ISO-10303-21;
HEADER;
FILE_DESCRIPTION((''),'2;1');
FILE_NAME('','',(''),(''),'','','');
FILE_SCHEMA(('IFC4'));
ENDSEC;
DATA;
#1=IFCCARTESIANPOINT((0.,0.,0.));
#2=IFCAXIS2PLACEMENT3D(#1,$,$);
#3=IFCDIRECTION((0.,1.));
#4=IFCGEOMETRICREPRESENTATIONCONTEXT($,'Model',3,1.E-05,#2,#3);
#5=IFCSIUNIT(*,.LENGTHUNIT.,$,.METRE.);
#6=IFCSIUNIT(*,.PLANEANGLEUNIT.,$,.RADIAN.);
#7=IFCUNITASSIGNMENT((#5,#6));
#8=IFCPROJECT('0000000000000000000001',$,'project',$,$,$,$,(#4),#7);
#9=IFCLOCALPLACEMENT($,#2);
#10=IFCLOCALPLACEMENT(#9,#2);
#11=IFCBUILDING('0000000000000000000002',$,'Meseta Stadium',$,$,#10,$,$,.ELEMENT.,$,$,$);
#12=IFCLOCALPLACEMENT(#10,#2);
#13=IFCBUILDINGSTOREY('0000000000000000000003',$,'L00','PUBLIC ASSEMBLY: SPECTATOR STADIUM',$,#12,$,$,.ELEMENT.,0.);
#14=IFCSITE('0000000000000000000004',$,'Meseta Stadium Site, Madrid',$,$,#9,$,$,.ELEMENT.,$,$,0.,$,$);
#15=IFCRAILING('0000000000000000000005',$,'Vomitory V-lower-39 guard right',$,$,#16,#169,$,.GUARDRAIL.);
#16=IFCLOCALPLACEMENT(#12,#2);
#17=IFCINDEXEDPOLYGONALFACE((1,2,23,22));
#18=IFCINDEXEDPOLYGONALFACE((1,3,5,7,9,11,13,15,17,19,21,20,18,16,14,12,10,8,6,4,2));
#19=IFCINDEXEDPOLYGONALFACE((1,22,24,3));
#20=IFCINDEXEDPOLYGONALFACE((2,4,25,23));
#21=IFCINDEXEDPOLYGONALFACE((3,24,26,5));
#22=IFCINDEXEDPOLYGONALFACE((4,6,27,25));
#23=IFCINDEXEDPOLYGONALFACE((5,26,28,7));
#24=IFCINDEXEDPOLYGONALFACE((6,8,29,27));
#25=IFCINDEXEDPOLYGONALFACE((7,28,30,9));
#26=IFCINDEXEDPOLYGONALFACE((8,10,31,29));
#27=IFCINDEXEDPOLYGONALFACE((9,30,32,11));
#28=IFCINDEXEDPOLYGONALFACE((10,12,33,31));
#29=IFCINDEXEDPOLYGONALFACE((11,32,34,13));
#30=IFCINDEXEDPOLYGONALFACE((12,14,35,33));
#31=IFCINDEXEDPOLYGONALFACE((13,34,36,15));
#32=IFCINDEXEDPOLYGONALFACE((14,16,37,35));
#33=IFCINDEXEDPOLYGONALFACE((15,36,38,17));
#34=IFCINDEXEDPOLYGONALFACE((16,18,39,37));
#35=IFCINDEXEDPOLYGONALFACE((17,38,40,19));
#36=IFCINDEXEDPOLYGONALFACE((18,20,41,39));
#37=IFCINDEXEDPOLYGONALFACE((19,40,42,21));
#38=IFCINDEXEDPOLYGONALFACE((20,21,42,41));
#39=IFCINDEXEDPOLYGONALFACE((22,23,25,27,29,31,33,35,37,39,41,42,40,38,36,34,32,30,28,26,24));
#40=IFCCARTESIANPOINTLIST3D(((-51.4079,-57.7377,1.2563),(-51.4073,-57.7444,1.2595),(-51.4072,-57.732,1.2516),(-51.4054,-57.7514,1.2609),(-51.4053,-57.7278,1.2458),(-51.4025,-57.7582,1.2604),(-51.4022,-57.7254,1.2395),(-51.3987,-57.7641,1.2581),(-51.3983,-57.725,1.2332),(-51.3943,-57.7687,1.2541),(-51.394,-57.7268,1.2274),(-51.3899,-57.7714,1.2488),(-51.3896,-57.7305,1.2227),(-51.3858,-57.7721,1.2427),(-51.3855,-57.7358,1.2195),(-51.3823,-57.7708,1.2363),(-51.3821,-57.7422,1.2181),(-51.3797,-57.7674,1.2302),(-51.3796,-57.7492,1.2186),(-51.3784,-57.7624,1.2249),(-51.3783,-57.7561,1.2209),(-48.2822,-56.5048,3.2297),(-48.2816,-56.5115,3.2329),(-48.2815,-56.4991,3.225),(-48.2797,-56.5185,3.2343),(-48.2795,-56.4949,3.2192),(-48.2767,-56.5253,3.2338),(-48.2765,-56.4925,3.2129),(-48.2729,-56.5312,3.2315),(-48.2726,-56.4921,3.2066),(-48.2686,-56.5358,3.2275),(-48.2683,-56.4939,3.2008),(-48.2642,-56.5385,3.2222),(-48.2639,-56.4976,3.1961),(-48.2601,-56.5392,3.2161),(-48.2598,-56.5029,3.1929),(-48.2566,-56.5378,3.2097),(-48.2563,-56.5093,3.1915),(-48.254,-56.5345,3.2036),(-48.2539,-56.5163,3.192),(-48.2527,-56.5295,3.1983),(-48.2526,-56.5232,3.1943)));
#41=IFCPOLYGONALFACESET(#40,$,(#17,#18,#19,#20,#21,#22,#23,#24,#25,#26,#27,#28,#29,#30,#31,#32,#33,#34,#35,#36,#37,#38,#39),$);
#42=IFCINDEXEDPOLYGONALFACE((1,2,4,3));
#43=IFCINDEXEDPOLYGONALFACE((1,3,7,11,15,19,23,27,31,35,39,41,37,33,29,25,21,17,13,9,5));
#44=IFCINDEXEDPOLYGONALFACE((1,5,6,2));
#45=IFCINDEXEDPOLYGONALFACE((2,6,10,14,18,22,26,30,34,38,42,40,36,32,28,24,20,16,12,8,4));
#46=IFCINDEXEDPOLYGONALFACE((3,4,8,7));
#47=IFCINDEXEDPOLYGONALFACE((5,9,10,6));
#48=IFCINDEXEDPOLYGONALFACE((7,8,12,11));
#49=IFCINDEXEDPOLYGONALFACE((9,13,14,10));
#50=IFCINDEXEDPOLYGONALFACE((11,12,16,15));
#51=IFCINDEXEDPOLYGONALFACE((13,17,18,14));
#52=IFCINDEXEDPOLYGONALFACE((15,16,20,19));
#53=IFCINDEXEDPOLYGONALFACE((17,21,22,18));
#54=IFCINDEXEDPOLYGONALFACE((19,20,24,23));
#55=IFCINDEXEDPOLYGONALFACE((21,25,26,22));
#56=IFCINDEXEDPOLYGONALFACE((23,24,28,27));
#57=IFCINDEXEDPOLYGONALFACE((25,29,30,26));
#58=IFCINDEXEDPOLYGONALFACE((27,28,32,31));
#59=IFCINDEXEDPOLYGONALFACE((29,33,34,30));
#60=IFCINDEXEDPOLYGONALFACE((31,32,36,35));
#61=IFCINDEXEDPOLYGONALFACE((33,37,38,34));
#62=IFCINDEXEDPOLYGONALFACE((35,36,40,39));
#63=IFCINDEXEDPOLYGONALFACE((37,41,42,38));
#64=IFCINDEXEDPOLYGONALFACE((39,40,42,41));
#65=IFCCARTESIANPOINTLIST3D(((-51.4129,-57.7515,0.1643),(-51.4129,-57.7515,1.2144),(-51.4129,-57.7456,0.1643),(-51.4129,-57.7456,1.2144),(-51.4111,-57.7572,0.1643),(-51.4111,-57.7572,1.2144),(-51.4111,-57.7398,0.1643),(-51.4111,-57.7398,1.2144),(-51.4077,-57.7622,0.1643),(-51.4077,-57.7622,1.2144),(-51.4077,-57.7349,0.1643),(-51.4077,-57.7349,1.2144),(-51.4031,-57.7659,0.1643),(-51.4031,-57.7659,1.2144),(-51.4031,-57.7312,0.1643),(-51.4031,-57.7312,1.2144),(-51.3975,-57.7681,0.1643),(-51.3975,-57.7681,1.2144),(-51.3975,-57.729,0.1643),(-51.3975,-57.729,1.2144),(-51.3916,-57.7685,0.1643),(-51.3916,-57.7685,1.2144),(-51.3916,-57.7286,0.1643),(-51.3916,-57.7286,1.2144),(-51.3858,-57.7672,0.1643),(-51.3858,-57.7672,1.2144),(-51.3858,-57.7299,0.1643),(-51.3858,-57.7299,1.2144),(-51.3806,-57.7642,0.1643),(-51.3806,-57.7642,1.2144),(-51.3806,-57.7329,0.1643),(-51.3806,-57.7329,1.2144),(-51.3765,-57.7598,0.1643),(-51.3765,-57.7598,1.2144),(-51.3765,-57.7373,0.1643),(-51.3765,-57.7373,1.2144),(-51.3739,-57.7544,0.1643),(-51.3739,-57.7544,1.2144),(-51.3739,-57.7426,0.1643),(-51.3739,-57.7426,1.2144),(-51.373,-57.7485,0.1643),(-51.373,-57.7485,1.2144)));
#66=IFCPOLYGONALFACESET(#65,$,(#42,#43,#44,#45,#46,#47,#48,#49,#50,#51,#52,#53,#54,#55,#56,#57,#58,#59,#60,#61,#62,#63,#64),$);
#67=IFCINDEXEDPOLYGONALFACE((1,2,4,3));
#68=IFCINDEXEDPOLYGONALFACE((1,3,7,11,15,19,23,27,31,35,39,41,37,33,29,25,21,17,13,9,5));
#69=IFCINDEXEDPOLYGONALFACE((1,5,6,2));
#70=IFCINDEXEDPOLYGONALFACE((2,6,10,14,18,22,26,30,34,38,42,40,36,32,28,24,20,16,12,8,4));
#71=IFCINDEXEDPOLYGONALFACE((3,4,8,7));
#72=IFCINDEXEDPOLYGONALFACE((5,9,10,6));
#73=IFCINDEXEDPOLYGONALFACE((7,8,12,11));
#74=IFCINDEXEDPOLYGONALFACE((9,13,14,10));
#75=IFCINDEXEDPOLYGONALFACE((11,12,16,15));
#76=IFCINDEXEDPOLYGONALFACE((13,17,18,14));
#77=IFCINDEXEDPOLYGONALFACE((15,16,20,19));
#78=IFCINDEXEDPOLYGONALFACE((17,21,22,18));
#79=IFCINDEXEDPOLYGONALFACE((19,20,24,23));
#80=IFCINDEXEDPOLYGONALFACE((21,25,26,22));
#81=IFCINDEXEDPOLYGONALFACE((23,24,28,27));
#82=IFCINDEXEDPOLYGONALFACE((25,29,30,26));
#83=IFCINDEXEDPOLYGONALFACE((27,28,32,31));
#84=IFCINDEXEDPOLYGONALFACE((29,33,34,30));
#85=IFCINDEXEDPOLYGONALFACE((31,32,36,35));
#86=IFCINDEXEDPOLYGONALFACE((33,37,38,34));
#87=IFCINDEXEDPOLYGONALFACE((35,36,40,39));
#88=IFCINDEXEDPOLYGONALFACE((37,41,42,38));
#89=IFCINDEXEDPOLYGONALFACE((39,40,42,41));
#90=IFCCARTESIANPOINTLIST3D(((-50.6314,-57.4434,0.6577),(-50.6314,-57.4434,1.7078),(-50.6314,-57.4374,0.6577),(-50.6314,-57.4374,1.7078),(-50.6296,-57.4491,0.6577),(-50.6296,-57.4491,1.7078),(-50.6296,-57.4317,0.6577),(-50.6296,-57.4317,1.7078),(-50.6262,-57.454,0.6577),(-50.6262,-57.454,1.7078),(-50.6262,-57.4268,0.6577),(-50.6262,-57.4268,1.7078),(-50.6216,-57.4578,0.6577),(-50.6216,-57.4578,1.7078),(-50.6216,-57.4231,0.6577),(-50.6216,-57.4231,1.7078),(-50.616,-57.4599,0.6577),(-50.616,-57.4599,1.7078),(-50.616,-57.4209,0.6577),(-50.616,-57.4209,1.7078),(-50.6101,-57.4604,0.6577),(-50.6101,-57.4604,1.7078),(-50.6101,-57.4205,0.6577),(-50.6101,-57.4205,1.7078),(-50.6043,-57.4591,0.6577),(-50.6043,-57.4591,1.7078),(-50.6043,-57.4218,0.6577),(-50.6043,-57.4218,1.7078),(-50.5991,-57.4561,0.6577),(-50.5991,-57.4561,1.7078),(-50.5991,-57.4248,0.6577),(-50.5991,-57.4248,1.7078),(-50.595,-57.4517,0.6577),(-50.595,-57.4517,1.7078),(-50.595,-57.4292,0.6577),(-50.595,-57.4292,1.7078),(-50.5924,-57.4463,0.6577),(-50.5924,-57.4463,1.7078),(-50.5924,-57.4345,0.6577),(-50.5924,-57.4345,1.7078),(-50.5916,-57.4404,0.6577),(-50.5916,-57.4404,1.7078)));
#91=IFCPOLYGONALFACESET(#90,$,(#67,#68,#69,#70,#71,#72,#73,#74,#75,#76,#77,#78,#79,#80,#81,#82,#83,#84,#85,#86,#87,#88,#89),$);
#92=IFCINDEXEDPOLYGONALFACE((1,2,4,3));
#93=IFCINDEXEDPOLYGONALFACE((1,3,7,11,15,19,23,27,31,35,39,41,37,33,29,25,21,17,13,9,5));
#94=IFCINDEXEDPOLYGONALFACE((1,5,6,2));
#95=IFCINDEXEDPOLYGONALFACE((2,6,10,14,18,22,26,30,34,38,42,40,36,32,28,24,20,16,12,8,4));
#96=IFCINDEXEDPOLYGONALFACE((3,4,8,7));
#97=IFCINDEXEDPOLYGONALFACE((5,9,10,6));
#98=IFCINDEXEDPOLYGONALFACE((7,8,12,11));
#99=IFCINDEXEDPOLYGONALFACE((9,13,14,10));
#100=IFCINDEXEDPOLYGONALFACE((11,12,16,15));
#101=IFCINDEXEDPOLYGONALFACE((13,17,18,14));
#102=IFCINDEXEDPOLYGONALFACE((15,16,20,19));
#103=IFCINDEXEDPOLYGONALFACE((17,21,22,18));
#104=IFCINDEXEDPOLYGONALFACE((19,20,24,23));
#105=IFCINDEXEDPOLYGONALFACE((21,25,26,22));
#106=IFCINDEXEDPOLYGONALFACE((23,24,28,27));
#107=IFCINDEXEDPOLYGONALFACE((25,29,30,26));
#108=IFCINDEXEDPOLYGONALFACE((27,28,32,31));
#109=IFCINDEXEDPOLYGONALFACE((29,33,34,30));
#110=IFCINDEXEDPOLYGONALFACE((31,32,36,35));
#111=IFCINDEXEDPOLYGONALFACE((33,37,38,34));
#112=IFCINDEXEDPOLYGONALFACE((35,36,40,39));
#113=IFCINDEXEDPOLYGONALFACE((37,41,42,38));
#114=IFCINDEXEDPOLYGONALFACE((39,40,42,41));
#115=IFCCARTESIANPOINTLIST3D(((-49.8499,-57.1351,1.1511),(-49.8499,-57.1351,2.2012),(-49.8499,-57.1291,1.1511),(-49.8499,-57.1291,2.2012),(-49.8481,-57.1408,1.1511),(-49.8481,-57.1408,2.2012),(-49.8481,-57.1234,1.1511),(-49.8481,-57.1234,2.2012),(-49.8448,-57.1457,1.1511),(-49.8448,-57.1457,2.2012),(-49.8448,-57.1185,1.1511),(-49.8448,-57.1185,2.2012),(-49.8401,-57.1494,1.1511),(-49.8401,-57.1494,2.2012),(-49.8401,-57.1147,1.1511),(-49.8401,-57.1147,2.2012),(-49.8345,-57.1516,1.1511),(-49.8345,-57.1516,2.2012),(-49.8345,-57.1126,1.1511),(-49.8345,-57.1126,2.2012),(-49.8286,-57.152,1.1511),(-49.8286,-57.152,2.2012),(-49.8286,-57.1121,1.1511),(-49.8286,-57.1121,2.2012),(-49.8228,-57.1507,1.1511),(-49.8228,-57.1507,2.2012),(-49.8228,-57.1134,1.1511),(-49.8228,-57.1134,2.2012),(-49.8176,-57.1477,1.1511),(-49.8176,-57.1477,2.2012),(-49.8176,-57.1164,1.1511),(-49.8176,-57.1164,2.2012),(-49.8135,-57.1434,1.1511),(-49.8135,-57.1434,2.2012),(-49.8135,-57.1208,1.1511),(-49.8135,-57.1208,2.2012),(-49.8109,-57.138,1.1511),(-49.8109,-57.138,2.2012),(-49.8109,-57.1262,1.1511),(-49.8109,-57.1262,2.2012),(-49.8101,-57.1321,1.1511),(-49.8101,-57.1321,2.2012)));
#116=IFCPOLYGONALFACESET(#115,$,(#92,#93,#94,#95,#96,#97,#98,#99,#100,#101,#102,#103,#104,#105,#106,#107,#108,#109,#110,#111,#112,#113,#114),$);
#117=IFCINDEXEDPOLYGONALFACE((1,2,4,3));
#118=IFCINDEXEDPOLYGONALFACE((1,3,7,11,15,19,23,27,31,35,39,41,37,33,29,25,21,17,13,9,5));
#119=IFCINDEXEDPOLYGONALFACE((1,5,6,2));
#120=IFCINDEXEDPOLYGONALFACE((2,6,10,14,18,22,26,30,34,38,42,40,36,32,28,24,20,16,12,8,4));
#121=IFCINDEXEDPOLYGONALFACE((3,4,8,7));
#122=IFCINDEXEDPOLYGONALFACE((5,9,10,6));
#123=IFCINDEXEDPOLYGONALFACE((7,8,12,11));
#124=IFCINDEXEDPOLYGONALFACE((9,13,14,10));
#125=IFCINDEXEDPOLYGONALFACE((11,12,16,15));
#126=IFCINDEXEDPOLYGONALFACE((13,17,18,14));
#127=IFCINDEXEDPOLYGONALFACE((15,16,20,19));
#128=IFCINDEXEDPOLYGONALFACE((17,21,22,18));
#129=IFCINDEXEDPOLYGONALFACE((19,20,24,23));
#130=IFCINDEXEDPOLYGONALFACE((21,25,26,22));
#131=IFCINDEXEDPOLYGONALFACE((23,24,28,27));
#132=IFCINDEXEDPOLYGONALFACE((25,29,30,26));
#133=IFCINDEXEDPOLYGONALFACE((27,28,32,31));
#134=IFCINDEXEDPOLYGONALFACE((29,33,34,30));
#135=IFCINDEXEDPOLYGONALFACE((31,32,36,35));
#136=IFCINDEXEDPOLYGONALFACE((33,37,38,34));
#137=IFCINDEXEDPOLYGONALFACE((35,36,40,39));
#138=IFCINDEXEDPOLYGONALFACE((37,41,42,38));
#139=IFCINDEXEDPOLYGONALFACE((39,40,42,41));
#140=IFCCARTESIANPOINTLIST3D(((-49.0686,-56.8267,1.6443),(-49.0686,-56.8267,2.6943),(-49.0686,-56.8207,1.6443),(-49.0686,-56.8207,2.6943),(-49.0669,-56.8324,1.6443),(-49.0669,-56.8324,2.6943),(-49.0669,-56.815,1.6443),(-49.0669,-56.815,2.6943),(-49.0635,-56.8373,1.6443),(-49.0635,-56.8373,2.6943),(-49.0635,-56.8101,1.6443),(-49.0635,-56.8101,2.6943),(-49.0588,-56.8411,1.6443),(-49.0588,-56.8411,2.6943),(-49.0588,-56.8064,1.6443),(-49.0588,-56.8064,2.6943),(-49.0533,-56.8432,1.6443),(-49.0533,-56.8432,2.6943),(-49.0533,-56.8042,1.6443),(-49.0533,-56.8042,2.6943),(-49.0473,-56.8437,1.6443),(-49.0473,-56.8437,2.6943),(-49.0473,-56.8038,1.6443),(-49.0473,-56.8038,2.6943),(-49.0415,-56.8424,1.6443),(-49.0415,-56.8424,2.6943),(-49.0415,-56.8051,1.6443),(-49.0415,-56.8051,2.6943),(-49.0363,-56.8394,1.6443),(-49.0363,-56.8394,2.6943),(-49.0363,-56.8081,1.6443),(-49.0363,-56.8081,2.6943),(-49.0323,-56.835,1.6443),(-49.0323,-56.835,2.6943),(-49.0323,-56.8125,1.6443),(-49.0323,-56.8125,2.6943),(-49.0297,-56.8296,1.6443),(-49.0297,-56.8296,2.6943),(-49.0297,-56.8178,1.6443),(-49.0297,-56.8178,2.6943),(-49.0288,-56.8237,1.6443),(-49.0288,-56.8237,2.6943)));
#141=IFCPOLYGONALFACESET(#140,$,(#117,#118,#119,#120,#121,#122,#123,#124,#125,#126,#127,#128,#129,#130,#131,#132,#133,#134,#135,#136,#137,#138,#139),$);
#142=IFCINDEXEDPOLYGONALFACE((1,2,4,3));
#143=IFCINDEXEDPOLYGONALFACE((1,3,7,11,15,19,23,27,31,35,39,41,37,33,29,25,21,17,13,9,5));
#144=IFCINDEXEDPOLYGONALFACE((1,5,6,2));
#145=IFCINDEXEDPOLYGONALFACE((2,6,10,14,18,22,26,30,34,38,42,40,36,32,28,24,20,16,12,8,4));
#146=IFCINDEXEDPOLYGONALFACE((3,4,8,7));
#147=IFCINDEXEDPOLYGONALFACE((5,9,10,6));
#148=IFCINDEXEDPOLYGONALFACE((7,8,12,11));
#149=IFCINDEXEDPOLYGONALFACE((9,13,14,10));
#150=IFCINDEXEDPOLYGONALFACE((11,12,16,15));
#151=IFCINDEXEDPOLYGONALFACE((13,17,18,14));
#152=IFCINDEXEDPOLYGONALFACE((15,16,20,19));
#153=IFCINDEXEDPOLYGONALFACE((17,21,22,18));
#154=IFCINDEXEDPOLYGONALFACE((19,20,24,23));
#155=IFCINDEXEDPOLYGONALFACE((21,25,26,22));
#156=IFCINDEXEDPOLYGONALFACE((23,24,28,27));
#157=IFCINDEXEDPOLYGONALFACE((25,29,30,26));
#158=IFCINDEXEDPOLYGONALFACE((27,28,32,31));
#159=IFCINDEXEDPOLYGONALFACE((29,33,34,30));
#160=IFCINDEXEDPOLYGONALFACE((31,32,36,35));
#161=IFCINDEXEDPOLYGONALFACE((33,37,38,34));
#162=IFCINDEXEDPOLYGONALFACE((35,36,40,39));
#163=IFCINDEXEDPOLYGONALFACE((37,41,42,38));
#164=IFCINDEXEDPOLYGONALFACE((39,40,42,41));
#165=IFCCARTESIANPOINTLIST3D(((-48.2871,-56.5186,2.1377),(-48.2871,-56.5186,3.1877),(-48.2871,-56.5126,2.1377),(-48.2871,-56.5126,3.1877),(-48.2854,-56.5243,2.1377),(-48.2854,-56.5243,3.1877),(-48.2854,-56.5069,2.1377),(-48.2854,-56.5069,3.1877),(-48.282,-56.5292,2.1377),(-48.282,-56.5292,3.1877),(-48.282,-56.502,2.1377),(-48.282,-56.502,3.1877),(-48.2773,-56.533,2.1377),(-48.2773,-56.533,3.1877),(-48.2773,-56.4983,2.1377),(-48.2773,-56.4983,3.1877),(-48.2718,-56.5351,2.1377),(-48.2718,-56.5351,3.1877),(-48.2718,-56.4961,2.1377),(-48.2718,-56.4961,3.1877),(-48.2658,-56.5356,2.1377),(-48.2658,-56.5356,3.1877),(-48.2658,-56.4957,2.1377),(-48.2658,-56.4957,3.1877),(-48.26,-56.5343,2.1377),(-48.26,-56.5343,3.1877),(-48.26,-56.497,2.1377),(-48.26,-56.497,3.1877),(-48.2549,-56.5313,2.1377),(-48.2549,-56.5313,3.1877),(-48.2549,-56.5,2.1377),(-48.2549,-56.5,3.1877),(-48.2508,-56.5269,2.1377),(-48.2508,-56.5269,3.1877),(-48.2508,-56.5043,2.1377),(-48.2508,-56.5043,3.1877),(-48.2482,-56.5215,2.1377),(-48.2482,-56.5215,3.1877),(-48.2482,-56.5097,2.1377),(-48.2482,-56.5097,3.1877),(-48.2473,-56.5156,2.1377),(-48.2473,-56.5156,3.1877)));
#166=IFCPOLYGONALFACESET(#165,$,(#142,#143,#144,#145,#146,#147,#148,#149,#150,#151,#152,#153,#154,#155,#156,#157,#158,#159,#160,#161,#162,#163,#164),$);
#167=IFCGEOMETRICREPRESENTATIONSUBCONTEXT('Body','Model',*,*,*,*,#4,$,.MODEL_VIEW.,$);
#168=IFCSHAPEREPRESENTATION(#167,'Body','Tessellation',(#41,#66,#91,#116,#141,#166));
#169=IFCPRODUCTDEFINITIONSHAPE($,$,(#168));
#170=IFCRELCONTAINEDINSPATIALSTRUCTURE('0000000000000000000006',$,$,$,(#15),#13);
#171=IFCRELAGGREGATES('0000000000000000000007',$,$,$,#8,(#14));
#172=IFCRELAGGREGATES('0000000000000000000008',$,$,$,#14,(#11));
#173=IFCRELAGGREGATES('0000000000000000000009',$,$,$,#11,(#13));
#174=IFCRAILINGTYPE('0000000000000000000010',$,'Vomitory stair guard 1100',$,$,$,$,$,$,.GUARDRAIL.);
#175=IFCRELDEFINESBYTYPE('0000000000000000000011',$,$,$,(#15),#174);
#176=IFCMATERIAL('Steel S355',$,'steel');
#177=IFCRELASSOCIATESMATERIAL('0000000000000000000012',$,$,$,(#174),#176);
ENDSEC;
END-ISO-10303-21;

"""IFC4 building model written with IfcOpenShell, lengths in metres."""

from ifc_helpers import new_model, si_unit, direction, frame, origin, origin_2d, place, context, subcontext, project, spatial, circle, extrude, material, type_object, element, save


model = new_model("IFC4")

# Units and contexts
model_context = context("Model", 3, precision=1e-05, world=origin(), true_north=direction((0.0, 1.0)))
body_context = subcontext(model_context, "Body", "Model", "MODEL_VIEW")
ifc_project = project(units=[si_unit("LENGTHUNIT", "METRE"), si_unit("PLANEANGLEUNIT", "RADIAN")], contexts=[model_context])

# Site, building, storey
site_placement = place(None, origin())
site = spatial("IfcSite", under=ifc_project, at=site_placement, Name="Meseta Stadium Site, Madrid", CompositionType="ELEMENT", RefElevation=0.0)
building_placement = place(site_placement, origin())
building = spatial("IfcBuilding", under=site, at=building_placement, Name="Meseta Stadium", CompositionType="ELEMENT")
storey_placement = place(building_placement, origin())
storey = spatial("IfcBuildingStorey", under=building, at=storey_placement, Name="L00", Description="PUBLIC ASSEMBLY: SPECTATOR STADIUM", CompositionType="ELEMENT", Elevation=0.0)

# Railing
ifc_material_1 = material(Name="Steel S355", Category="steel")
railing_type_1 = type_object("IfcRailingType", Name="Vomitory stair guard 1100", PredefinedType="GUARDRAIL", material=ifc_material_1)
railing_1_placement = place(storey_placement, frame((-51.3931, -57.7485, 0.1643)))
element("IfcRailing", 1, at=railing_1_placement, inside=storey, type_object=railing_type_1, Name="Vomitory V-lower-39 guard right", PredefinedType="GUARDRAIL", context=body_context, shape_type="SweptSolid", body=[
    extrude(circle(Radius=0.0249, at=origin_2d()), frame((0.0, 0.0, 1.0752), z_axis=(0.802142, 0.316396, 0.506421), x_axis=(-0.366927, 0.93025, 0.0)), (0.0, 0.0, 1.0), 3.8967),
    extrude(circle(Radius=0.02, at=origin_2d()), origin(), (0.0, 0.0, 1.0), 1.05),
    extrude(circle(Radius=0.02, at=origin_2d()), frame((0.7815, 0.3081, 0.4934)), (0.0, 0.0, 1.0), 1.05),
    extrude(circle(Radius=0.02, at=origin_2d()), frame((1.563, 0.6165, 0.9868)), (0.0, 0.0, 1.0), 1.05),
    extrude(circle(Radius=0.02, at=origin_2d()), frame((2.3442, 0.9248, 1.48)), (0.0, 0.0, 1.0), 1.05),
    extrude(circle(Radius=0.02, at=origin_2d()), frame((3.1257, 1.2329, 1.9734)), (0.0, 0.0, 1.0), 1.05),
])

save(model, "model.ifc")
